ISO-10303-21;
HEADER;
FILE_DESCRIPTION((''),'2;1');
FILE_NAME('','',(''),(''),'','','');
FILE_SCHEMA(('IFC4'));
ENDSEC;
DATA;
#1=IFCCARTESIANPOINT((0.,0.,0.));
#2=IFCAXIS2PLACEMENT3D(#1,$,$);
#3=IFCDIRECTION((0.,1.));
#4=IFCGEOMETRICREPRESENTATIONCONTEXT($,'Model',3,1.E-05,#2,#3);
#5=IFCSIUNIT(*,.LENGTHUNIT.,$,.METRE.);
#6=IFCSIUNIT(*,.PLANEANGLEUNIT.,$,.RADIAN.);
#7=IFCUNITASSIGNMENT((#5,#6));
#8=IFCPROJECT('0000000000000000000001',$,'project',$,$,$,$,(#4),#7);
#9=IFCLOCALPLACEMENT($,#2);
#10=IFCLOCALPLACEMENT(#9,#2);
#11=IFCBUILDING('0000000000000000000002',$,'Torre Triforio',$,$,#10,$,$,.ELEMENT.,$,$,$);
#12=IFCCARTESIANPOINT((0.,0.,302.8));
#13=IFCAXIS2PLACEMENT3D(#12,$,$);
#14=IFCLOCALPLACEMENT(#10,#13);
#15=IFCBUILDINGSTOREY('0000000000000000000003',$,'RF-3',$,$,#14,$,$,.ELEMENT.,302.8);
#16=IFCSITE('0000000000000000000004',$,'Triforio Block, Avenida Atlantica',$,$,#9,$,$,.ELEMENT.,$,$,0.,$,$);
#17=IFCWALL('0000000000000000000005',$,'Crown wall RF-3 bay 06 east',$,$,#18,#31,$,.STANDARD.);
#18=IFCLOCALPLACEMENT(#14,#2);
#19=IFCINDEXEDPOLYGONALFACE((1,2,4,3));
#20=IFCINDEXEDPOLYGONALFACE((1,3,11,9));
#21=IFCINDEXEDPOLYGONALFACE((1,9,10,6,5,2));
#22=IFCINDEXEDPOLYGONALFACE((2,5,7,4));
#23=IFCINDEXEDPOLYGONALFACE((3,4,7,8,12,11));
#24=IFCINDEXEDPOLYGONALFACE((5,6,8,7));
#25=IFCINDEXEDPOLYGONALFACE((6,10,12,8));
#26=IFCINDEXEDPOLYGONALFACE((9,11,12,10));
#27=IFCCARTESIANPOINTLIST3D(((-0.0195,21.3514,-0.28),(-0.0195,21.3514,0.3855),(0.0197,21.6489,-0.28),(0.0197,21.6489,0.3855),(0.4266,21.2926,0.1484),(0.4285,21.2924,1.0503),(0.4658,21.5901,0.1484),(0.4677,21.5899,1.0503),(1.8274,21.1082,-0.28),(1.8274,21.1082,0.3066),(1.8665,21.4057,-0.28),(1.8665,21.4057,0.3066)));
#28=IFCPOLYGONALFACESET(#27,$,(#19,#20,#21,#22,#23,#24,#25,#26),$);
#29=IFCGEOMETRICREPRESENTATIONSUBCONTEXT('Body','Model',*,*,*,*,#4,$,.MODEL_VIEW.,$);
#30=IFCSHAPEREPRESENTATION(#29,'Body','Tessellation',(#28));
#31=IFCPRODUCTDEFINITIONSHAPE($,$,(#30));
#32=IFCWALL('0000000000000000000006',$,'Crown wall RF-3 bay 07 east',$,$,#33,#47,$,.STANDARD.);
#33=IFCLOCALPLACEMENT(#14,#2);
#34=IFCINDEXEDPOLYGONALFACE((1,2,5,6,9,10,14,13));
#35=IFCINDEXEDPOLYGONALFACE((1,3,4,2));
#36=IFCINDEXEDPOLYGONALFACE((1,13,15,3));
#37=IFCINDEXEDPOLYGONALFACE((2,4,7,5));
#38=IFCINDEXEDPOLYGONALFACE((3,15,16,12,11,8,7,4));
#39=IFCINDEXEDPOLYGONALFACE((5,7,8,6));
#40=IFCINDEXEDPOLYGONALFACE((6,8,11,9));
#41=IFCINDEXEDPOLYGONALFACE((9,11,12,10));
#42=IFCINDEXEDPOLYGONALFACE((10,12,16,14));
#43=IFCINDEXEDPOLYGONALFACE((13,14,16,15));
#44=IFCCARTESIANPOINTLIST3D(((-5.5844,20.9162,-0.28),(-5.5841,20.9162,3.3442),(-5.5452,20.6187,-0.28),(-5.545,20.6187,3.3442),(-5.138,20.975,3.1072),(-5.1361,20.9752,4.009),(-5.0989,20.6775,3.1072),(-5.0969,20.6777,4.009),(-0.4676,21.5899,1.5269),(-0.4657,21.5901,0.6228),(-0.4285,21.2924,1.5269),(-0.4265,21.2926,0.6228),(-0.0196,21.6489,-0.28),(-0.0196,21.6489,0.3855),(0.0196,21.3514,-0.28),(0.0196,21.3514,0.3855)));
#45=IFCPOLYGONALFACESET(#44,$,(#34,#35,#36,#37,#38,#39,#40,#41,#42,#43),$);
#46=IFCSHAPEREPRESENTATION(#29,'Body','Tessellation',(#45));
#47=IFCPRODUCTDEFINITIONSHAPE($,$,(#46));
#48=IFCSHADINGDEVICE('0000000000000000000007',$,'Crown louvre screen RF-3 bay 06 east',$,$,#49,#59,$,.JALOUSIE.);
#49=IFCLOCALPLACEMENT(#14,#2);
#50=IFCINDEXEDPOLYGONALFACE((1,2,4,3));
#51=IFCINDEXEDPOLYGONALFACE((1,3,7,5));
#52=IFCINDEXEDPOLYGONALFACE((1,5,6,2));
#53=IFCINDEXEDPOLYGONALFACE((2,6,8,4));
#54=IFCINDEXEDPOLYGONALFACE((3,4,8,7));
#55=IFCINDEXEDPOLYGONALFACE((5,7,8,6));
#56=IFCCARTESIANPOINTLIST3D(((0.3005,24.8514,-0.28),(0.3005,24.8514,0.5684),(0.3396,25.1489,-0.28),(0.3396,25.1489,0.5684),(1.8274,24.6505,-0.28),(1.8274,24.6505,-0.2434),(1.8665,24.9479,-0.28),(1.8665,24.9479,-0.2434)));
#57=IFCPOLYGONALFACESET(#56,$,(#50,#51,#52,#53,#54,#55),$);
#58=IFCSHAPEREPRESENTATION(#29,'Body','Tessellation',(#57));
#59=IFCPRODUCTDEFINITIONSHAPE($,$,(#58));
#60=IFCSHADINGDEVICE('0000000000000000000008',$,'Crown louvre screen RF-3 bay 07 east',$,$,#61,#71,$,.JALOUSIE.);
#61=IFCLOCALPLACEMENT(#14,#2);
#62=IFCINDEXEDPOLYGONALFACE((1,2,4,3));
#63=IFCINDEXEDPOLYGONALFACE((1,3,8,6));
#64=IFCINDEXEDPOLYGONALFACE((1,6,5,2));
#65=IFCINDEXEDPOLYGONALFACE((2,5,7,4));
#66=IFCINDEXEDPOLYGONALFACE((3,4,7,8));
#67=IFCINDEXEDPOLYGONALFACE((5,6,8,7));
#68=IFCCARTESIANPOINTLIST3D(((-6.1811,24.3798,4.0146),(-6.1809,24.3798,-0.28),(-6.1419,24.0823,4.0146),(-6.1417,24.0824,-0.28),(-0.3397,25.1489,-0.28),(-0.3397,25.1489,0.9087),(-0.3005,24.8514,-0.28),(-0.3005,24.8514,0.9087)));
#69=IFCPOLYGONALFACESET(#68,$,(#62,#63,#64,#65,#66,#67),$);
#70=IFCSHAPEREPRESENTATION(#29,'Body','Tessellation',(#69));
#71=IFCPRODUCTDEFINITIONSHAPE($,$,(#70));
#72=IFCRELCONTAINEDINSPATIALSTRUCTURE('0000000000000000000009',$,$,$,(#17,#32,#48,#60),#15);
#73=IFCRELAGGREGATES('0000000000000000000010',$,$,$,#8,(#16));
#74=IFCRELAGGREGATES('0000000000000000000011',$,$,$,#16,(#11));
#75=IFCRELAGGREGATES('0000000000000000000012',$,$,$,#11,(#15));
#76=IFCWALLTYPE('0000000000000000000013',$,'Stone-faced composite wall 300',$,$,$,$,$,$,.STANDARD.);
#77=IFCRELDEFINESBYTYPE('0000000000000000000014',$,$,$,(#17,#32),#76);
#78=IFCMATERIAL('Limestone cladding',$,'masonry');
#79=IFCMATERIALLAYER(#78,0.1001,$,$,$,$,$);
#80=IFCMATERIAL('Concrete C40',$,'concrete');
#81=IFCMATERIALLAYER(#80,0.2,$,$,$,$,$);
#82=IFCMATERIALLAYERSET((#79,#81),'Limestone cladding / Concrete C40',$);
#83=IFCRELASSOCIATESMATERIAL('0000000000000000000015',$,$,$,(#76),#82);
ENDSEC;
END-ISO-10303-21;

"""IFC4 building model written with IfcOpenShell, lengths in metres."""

from ifc_helpers import new_model, si_unit, direction, frame, origin, place, context, subcontext, project, spatial, polyline, outline, extrude, material, layer, layer_set, type_object, element, save


model = new_model("IFC4")

# Units and contexts
model_context = context("Model", 3, precision=1e-05, world=origin(), true_north=direction((0.0, 1.0)))
body_context = subcontext(model_context, "Body", "Model", "MODEL_VIEW")
ifc_project = project(units=[si_unit("LENGTHUNIT", "METRE"), si_unit("PLANEANGLEUNIT", "RADIAN")], contexts=[model_context])

# Site, building, storey
site_placement = place(None, origin())
site = spatial("IfcSite", under=ifc_project, at=site_placement, Name="Triforio Block, Avenida Atlantica", CompositionType="ELEMENT", RefElevation=0.0)
building_placement = place(site_placement, origin())
building = spatial("IfcBuilding", under=site, at=building_placement, Name="Torre Triforio", CompositionType="ELEMENT")
storey_placement = place(building_placement, frame((0.0, 0.0, 302.8)))
storey = spatial("IfcBuildingStorey", under=building, at=storey_placement, Name="RF-3", CompositionType="ELEMENT", Elevation=302.8)

# Shared definitions
ifc_material_1 = material(Name="Concrete C40", Category="concrete")

# Walls
ifc_material_2 = material(Name="Limestone cladding", Category="masonry")
ifc_layer_1 = layer(ifc_material_2, 0.1001)
ifc_layer_2 = layer(ifc_material_1, 0.2)
ifc_layer_set_1 = layer_set([ifc_layer_1, ifc_layer_2], Name="Limestone cladding / Concrete C40")
wall_type_1 = type_object("IfcWallType", Name="Stone-faced composite wall 300", PredefinedType="STANDARD", material=ifc_layer_set_1)
wall_1_placement = place(storey_placement, frame((1.8469, 21.2568, -0.28), z_axis=(0.0, 0.0, 1.0), x_axis=(-0.991444, 0.130532, 0.0)))
element("IfcWall", 1, at=wall_1_placement, inside=storey, type_object=wall_type_1, Name="Crown wall RF-3 bay 06 east", PredefinedType="STANDARD", context=body_context, shape_type="SweptSolid", body=[
    extrude(outline(polyline([(0.0, 0.0), (1.8628, 0.0), (1.8628, 0.6655), (1.4128, 0.4285), (1.4109, 1.3303), (0.0, 0.5867), (0.0, 0.0)])), frame((0.0, 0.1499, 0.0), z_axis=(0.0, -1.0, 0.0), x_axis=(1.0, 0.0, 0.0)), (0.0, 0.0, 1.0), 0.3),
])
wall_2_placement = place(storey_placement, frame((0.0, 21.5, -0.28), z_axis=(0.0, 0.0, 1.0), x_axis=(-0.991443, -0.130537, 0.0)))
element("IfcWall", 2, at=wall_2_placement, inside=storey, type_object=wall_type_1, Name="Crown wall RF-3 bay 07 east", PredefinedType="STANDARD", context=body_context, shape_type="SweptSolid", body=[
    extrude(outline(polyline([(0.0, 0.0), (5.6128, 0.0), (5.6125, 3.6243), (5.1626, 3.3872), (5.1606, 4.2891), (0.4519, 1.8069), (0.45, 0.9028), (0.0, 0.6655), (0.0, 0.0)])), frame((0.0, 0.1499, 0.0), z_axis=(0.0, -1.0, 0.0), x_axis=(1.0, 0.0, 0.0)), (0.0, 0.0, 1.0), 0.3),
])

# Shading devices
shading_device_1_placement = place(storey_placement, frame((1.8469, 24.7991, -0.28), z_axis=(0.0, 0.0, 1.0), x_axis=(-0.991452, 0.130471, 0.0)))
element("IfcShadingDevice", 3, at=shading_device_1_placement, inside=storey, Name="Crown louvre screen RF-3 bay 06 east", PredefinedType="JALOUSIE", context=body_context, shape_type="SweptSolid", body=[
    extrude(outline(polyline([(0.0, 0.0), (1.54, 0.0), (1.54, 0.8484), (0.0, 0.0366), (0.0, 0.0)])), frame((0.0, 0.1499, 0.0), z_axis=(0.0, -1.0, 0.0), x_axis=(1.0, 0.0, 0.0)), (0.0, 0.0, 1.0), 0.3),
])
shading_device_2_placement = place(storey_placement, frame((-0.3201, 25.0, -0.28), z_axis=(0.0, 0.0, 1.0), x_axis=(-0.991444, -0.13053, 0.0)))
element("IfcShadingDevice", 4, at=shading_device_2_placement, inside=storey, Name="Crown louvre screen RF-3 bay 07 east", PredefinedType="JALOUSIE", context=body_context, shape_type="SweptSolid", body=[
    extrude(outline(polyline([(0.0, 0.0), (5.8916, 0.0), (5.8918, 4.2947), (0.0, 1.1887), (0.0, 0.0)])), frame((0.0, 0.1499, 0.0), z_axis=(0.0, -1.0, 0.0), x_axis=(1.0, 0.0, 0.0)), (0.0, 0.0, 1.0), 0.3),
])

save(model, "model.ifc")
